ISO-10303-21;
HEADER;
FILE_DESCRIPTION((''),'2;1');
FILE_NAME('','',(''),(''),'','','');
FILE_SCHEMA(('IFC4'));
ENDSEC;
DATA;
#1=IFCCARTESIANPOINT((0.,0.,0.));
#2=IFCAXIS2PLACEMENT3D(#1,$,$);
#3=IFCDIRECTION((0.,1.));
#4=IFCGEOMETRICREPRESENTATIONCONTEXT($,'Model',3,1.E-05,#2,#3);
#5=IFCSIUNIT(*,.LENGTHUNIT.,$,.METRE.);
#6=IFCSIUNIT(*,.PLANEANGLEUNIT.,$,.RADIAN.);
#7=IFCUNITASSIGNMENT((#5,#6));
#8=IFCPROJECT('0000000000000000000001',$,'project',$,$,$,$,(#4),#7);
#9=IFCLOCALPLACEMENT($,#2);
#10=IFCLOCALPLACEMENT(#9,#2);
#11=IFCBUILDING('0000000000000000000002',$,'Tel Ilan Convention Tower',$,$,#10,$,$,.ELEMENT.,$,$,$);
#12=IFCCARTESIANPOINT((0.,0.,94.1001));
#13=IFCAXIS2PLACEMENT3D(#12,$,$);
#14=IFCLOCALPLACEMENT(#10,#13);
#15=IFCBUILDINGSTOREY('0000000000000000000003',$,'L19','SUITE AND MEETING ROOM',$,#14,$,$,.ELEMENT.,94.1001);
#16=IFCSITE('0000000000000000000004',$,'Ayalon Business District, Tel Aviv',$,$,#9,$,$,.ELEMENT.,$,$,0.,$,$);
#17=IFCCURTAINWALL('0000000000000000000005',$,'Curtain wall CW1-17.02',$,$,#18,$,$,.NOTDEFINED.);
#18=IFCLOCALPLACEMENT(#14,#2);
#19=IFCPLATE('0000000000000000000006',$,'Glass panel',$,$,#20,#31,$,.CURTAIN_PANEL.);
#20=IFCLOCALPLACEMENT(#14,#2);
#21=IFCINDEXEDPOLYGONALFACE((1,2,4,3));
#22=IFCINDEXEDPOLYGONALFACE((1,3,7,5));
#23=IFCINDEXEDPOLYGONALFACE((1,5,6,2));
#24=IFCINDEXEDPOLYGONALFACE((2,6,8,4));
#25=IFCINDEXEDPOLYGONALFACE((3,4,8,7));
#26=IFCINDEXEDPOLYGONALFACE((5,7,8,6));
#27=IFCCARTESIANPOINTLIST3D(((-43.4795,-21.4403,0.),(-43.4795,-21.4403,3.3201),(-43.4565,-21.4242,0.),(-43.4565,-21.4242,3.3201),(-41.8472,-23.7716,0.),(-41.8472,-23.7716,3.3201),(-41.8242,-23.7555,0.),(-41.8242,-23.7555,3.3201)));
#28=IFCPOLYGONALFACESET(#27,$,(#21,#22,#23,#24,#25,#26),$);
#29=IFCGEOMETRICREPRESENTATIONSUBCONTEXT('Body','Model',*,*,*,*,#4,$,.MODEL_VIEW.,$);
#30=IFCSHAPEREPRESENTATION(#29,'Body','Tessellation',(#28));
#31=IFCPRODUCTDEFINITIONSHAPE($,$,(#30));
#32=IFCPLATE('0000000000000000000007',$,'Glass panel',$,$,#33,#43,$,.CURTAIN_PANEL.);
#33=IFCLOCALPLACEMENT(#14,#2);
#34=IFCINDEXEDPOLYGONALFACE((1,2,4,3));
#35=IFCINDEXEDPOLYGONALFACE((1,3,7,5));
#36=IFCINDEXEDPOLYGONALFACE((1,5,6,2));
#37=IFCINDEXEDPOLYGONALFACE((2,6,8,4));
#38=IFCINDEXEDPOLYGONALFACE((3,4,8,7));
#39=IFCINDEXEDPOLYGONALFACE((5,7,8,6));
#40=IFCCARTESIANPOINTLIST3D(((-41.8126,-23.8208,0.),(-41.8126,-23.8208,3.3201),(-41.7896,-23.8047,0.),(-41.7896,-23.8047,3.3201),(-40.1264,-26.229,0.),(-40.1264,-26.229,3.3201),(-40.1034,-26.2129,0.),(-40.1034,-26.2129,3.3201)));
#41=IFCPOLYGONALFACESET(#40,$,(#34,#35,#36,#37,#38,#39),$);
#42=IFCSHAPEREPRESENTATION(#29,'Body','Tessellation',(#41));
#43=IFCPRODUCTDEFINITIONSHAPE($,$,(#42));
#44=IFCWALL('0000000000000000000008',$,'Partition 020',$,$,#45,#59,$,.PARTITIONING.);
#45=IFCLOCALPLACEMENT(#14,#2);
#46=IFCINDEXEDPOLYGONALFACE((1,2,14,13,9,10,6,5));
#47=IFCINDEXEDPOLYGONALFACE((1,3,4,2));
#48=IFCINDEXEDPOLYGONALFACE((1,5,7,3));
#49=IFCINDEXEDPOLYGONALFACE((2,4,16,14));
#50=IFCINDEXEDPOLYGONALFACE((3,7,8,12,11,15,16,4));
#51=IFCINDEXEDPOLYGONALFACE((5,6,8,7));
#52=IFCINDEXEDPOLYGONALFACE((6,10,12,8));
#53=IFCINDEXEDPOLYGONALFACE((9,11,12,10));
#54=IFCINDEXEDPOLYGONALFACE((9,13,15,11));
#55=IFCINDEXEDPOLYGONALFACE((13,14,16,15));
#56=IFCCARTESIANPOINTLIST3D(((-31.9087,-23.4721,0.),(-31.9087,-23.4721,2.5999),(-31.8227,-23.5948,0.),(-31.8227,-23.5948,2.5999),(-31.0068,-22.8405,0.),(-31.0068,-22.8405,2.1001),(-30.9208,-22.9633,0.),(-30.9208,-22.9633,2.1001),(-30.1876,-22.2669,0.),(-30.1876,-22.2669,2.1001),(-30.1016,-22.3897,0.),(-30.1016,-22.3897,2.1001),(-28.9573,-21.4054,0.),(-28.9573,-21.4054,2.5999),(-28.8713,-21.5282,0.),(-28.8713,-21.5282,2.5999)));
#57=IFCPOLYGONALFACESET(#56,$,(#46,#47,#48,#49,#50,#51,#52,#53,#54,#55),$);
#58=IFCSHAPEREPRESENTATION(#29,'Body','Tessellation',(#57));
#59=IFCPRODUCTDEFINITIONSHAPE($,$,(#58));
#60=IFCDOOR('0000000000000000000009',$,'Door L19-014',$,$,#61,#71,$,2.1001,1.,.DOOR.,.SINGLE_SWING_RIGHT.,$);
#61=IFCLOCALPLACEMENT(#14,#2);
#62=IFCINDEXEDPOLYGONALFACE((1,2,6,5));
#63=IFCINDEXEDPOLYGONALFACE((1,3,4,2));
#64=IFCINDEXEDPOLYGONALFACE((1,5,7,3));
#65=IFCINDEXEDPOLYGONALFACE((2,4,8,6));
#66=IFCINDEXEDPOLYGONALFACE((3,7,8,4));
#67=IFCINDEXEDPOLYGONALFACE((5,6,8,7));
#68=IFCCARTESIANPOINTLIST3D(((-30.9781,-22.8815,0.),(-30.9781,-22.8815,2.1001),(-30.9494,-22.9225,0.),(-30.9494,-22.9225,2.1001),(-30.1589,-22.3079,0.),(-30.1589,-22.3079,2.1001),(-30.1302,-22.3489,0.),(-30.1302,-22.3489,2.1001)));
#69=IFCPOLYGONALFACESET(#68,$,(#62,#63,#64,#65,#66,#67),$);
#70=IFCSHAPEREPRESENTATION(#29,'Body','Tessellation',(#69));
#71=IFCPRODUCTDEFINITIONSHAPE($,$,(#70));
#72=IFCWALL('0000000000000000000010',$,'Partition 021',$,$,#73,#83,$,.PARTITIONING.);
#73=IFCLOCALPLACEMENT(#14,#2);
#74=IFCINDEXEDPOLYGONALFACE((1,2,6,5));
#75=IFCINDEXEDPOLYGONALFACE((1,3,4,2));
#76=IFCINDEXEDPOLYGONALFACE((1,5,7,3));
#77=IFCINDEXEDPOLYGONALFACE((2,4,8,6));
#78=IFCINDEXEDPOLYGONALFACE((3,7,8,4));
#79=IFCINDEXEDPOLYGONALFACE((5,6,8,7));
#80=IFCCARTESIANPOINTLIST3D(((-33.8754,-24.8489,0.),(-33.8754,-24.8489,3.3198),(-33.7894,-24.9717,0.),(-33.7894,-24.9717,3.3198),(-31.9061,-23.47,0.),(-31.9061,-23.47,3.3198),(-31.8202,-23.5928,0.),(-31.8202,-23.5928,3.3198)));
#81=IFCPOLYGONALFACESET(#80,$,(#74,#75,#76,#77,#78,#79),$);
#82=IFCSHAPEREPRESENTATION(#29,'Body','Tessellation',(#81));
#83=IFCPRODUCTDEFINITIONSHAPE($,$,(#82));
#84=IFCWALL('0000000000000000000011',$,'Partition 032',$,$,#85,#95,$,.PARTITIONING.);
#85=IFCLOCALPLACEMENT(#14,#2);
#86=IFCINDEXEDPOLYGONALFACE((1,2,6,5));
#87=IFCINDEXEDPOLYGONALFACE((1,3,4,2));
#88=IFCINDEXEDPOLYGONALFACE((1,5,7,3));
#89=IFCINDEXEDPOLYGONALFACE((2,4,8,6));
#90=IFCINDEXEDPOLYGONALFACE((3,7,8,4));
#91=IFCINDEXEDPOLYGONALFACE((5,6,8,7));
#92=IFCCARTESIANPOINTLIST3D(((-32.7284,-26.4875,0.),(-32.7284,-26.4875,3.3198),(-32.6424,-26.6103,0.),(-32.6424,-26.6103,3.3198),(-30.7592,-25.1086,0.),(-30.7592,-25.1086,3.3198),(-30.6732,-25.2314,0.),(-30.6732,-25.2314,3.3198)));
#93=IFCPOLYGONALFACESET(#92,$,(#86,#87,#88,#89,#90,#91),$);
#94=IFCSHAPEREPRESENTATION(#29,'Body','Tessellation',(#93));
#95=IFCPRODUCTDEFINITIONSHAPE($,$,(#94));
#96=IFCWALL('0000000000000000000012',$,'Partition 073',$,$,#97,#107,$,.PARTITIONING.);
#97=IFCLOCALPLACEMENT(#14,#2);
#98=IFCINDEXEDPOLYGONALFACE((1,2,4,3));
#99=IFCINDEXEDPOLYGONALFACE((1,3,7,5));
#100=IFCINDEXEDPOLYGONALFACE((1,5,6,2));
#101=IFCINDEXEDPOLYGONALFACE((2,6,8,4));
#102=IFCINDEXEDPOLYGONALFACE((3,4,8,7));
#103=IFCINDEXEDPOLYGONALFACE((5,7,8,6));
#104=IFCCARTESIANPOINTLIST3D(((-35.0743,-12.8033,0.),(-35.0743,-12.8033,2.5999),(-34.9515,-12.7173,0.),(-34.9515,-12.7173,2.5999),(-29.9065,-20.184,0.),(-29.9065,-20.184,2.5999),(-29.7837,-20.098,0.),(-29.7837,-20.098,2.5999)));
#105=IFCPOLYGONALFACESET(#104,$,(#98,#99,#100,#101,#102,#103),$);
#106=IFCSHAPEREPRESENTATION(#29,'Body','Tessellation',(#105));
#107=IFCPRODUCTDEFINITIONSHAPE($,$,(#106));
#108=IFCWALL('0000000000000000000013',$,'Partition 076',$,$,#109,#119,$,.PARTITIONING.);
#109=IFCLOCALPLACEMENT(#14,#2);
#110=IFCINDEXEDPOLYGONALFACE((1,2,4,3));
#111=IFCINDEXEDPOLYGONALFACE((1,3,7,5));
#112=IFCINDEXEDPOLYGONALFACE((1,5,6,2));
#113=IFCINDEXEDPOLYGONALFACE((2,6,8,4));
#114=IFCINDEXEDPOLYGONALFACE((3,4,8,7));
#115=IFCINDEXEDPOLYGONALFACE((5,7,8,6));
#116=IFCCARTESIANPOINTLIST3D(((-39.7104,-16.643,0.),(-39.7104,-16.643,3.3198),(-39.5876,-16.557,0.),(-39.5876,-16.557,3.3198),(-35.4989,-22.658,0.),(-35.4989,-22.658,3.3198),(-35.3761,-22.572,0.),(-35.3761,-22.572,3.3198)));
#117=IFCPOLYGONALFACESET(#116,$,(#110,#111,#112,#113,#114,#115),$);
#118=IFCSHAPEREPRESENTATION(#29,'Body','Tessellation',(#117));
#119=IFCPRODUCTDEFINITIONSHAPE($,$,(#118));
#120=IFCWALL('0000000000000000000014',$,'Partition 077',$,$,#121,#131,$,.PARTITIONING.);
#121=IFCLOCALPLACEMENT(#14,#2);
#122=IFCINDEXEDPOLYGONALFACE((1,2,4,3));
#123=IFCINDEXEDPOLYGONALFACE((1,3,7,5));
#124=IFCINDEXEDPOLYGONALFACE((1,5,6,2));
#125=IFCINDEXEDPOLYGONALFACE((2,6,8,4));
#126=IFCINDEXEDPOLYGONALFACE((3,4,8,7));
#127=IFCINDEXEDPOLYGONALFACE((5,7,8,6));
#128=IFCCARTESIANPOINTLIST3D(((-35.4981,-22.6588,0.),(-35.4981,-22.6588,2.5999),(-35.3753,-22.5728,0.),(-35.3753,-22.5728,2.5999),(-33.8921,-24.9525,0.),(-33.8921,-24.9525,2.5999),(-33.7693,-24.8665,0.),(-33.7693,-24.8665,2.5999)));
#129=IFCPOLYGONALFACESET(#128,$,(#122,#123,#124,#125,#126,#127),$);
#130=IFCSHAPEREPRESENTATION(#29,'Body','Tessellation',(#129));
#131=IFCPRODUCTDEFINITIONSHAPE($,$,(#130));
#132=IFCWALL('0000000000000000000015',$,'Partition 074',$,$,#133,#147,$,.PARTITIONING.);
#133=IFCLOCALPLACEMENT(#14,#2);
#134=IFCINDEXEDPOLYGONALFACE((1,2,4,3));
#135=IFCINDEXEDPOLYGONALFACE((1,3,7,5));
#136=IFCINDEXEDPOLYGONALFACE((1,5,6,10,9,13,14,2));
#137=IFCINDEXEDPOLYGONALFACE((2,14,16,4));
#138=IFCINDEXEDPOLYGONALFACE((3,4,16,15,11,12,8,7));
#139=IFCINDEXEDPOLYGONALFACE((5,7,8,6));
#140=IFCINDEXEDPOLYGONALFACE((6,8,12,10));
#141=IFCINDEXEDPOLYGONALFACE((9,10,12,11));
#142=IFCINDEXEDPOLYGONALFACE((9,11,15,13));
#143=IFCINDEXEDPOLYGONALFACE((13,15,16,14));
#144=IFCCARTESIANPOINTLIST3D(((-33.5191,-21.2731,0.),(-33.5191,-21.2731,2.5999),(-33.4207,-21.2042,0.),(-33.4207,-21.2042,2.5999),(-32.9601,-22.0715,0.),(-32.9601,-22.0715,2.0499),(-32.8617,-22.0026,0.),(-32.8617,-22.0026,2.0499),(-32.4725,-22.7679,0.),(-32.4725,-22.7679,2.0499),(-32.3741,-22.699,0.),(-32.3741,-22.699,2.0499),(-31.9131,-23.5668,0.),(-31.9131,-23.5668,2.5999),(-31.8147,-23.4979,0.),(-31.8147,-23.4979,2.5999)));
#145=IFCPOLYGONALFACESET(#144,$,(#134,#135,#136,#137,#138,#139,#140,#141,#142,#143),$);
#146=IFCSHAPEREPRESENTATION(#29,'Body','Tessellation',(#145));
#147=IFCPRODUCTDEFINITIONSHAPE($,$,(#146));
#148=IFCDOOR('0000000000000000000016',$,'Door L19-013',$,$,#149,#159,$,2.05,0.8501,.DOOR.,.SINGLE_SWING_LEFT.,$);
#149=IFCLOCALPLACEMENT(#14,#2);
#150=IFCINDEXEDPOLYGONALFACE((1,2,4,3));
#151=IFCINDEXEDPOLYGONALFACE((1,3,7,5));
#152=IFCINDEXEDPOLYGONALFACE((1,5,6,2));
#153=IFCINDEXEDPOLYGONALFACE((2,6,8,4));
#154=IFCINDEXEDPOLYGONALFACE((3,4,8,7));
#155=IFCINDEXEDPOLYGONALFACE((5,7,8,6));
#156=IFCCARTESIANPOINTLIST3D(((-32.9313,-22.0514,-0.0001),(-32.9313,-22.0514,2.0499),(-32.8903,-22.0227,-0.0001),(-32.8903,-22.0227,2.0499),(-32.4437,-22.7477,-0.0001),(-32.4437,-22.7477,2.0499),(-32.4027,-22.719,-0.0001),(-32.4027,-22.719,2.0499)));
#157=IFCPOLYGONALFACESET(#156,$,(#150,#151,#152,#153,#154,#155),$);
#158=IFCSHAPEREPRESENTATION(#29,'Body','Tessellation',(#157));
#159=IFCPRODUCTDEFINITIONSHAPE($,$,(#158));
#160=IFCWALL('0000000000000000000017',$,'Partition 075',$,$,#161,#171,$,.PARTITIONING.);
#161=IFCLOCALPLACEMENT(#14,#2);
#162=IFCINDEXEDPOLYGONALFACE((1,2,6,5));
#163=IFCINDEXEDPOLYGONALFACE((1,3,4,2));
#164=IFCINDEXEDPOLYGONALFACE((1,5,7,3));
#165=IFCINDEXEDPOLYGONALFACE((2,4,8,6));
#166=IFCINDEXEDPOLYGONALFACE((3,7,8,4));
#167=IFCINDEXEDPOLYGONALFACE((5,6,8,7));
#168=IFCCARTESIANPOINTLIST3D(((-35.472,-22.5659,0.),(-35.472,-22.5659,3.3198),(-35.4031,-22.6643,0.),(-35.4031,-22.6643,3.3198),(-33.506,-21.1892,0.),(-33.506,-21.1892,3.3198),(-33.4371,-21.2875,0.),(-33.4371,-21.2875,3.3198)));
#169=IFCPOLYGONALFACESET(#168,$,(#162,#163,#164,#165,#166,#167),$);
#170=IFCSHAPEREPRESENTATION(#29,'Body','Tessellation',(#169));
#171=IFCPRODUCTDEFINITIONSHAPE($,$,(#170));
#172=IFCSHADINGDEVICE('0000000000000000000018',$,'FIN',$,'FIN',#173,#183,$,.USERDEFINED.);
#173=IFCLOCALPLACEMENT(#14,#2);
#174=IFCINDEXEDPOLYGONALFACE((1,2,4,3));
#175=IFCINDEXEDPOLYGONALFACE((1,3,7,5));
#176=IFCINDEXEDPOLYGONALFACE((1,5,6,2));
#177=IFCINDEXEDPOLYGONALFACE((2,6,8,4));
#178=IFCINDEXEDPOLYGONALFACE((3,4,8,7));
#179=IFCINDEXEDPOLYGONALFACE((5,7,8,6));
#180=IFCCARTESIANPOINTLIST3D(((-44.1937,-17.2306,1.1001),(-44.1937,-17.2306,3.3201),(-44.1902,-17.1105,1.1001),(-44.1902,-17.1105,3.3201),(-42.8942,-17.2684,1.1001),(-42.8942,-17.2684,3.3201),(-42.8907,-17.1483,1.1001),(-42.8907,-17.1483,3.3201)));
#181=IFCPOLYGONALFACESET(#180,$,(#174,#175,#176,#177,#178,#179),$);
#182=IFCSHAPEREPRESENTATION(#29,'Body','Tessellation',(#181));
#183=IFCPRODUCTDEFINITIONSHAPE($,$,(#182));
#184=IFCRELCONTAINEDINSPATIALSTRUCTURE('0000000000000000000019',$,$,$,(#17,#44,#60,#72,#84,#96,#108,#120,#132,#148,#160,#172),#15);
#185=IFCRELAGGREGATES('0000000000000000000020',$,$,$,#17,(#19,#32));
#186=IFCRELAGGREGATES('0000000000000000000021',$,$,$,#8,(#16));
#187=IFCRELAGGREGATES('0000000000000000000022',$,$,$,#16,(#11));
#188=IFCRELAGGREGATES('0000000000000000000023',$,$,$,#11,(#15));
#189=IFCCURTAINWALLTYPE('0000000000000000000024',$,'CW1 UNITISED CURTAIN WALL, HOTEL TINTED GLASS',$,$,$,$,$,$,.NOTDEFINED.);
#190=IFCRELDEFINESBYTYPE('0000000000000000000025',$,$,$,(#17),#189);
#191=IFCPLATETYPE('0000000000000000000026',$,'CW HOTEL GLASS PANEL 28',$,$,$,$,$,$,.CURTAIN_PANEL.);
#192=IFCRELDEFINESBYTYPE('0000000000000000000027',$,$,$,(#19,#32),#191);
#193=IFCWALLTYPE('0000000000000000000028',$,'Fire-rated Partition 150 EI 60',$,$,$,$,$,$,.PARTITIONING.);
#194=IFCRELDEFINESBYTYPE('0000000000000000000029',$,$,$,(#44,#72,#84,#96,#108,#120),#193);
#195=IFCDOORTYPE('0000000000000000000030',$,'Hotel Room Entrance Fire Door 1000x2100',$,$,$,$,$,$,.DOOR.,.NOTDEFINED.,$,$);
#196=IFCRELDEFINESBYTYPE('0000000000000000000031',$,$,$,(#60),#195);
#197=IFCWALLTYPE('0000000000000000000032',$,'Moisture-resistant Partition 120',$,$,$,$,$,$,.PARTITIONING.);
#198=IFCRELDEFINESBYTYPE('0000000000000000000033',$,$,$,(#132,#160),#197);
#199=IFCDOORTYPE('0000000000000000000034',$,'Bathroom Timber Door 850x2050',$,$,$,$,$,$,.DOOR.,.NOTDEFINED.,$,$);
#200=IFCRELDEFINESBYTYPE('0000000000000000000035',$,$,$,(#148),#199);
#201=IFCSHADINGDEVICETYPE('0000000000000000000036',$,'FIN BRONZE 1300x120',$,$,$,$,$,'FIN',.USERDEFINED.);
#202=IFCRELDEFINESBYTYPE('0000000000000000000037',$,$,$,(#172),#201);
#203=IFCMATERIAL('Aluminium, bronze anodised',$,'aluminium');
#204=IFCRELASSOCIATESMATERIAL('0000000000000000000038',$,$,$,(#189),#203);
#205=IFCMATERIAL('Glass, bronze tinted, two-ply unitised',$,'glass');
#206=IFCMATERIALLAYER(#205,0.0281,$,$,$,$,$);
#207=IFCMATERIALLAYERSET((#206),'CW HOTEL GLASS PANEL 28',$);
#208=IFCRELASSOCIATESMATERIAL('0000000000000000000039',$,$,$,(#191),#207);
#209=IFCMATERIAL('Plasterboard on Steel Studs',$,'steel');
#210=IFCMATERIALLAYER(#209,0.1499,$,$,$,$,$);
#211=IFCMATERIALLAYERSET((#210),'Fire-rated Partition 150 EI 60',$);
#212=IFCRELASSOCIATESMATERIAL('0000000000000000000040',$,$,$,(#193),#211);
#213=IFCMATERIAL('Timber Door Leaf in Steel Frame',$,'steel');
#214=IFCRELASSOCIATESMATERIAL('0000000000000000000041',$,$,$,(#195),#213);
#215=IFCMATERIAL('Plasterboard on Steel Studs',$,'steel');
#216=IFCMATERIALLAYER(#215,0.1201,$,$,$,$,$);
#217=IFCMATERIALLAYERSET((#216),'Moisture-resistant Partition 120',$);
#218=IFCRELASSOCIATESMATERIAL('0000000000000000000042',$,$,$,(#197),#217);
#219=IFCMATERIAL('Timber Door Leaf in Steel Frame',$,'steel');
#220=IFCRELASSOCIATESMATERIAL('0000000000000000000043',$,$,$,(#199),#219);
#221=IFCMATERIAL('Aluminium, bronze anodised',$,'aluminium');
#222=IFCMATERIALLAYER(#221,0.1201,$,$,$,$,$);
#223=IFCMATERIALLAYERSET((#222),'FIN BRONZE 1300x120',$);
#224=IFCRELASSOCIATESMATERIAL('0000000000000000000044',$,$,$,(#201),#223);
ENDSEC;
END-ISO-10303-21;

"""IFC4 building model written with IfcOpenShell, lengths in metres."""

from ifc_helpers import new_model, si_unit, direction, frame, frame_2d, origin, origin_2d, place, context, subcontext, project, spatial, rectangle, extrude, material, layer, layer_set, type_object, element, fill, aggregate, save


model = new_model("IFC4")

# Units and contexts
model_context = context("Model", 3, precision=1e-05, world=origin(), true_north=direction((0.0, 1.0)))
body_context = subcontext(model_context, "Body", "Model", "MODEL_VIEW")
ifc_project = project(units=[si_unit("LENGTHUNIT", "METRE"), si_unit("PLANEANGLEUNIT", "RADIAN")], contexts=[model_context])

# Site, building, storey
site_placement = place(None, origin())
site = spatial("IfcSite", under=ifc_project, at=site_placement, Name="Ayalon Business District, Tel Aviv", CompositionType="ELEMENT", RefElevation=0.0)
building_placement = place(site_placement, origin())
building = spatial("IfcBuilding", under=site, at=building_placement, Name="Tel Ilan Convention Tower", CompositionType="ELEMENT")
storey_placement = place(building_placement, frame((0.0, 0.0, 94.1001)))
storey = spatial("IfcBuildingStorey", under=building, at=storey_placement, Name="L19", Description="SUITE AND MEETING ROOM", CompositionType="ELEMENT", Elevation=94.1001)

# Curtain wall, plates
ifc_material_1 = material(Name="Aluminium, bronze anodised", Category="aluminium")
curtain_wall_type = type_object("IfcCurtainWallType", Name="CW1 UNITISED CURTAIN WALL, HOTEL TINTED GLASS", PredefinedType="NOTDEFINED", material=ifc_material_1)
curtain_wall_placement = place(storey_placement, origin())
curtain_wall = element("IfcCurtainWall", 1, at=curtain_wall_placement, inside=storey, type_object=curtain_wall_type, Name="Curtain wall CW1-17.02", PredefinedType="NOTDEFINED")
ifc_material_2 = material(Name="Glass, bronze tinted, two-ply unitised", Category="glass")
ifc_layer_1 = layer(ifc_material_2, 0.0281)
ifc_layer_set_1 = layer_set([ifc_layer_1], Name="CW HOTEL GLASS PANEL 28")
plate_type = type_object("IfcPlateType", Name="CW HOTEL GLASS PANEL 28", PredefinedType="CURTAIN_PANEL", material=ifc_layer_set_1)
plate_1_placement = place(storey_placement, frame((-42.6519, -22.5979, 0.0), z_axis=(0.0, 0.0, 1.0), x_axis=(0.573576, -0.819152, 0.0)))
plate_1 = element("IfcPlate", 2, at=plate_1_placement, type_object=plate_type, Name="Glass panel", PredefinedType="CURTAIN_PANEL", context=body_context, shape_type="SweptSolid", body=[
    extrude(rectangle(XDim=2.8459, YDim=0.0281, at=origin_2d()), origin(), (0.0, 0.0, 1.0), 3.3201),
])
plate_2_placement = place(storey_placement, frame((-40.958, -25.0168, 0.0), z_axis=(0.0, 0.0, 1.0), x_axis=(0.573576, -0.819152, 0.0)))
plate_2 = element("IfcPlate", 3, at=plate_2_placement, type_object=plate_type, Name="Glass panel", PredefinedType="CURTAIN_PANEL", context=body_context, shape_type="SweptSolid", body=[
    extrude(rectangle(XDim=2.9399, YDim=0.0281, at=origin_2d()), origin(), (0.0, 0.0, 1.0), 3.3201),
])
aggregate(curtain_wall, [plate_1, plate_2])

# Wall, opening, door
ifc_material_3 = material(Name="Plasterboard on Steel Studs", Category="steel")
ifc_layer_2 = layer(ifc_material_3, 0.1499)
ifc_layer_set_2 = layer_set([ifc_layer_2], Name="Fire-rated Partition 150 EI 60")
wall_type_1 = type_object("IfcWallType", Name="Fire-rated Partition 150 EI 60", PredefinedType="PARTITIONING", material=ifc_layer_set_2)
wall_1_placement = place(storey_placement, frame((-31.8657, -23.5334, 0.0), z_axis=(0.0, 0.0, 1.0), x_axis=(0.819146, 0.573585, 0.0)))
wall_1 = element("IfcWall", 4, at=wall_1_placement, inside=storey, type_object=wall_type_1, Name="Partition 020", PredefinedType="PARTITIONING", context=body_context, shape_type="SweptSolid", body=[
    extrude(rectangle(XDim=3.603, YDim=0.1499, at=frame_2d((1.8015, 0.0))), origin(), (0.0, 0.0, 1.0), 2.5999),
])
opening_1_placement = place(wall_1_placement, frame((1.1011, 0.0, 0.0)))
opening_1 = element("IfcOpeningElement", 5, at=opening_1_placement, cuts=wall_1, PredefinedType="OPENING", context=body_context, shape_type="SweptSolid", body=[
    extrude(rectangle(XDim=1.0, YDim=2.1001, at=frame_2d((0.5, 1.05))), frame((0.0, 0.085, 0.0), z_axis=(0.0, -1.0, 0.0), x_axis=(1.0, 0.0, 0.0)), (0.0, 0.0, 1.0), 0.1699),
])
ifc_material_4 = material(Name="Timber Door Leaf in Steel Frame", Category="steel")
door_type_1 = type_object("IfcDoorType", Name="Hotel Room Entrance Fire Door 1000x2100", OperationType="NOTDEFINED", PredefinedType="DOOR", material=ifc_material_4)
door_1_placement = place(opening_1_placement, origin())
door_1 = element("IfcDoor", 6, at=door_1_placement, inside=storey, type_object=door_type_1, Name="Door L19-014", OperationType="SINGLE_SWING_RIGHT", OverallHeight=2.1001, OverallWidth=1.0, PredefinedType="DOOR", context=body_context, shape_type="SweptSolid", body=[
    extrude(rectangle(XDim=1.0, YDim=2.1001, at=frame_2d((0.5, 1.05))), frame((0.0, 0.0249, 0.0), z_axis=(0.0, -1.0, 0.0), x_axis=(1.0, 0.0, 0.0)), (0.0, 0.0, 1.0), 0.05),
])
fill(opening_1, door_1)

# Walls
for number, where, z_axis, x_axis, name in (
    (7, (-33.8325, -24.9104, 0.0), (0.0, 0.0, 1.0), (0.819146, 0.573585, 0.0), "Partition 021"),
    (8, (-30.7161, -25.1699, 0.0), (0.0, 0.0, 1.0), (-0.819146, -0.573585, 0.0), "Partition 032"),
):
    element("IfcWall", number, at=place(storey_placement, frame(where, z_axis=z_axis, x_axis=x_axis)), inside=storey, type_object=wall_type_1, Name=name, PredefinedType="PARTITIONING", context=body_context, shape_type="SweptSolid", body=[
        extrude(rectangle(XDim=2.4041, YDim=0.1499, at=frame_2d((1.2021, 0.0))), origin(), (0.0, 0.0, 1.0), 3.3198),
    ])
wall_2_placement = place(storey_placement, frame((-29.8452, -20.1409, 0.0), z_axis=(0.0, 0.0, 1.0), x_axis=(-0.573559, 0.819164, 0.0)))
element("IfcWall", 9, at=wall_2_placement, inside=storey, type_object=wall_type_1, Name="Partition 073", PredefinedType="PARTITIONING", context=body_context, shape_type="SweptSolid", body=[
    extrude(rectangle(XDim=9.01, YDim=0.1499, at=frame_2d((4.5049, 0.0))), origin(), (0.0, 0.0, 1.0), 2.5999),
])
wall_3_placement = place(storey_placement, frame((-35.4375, -22.615, 0.0), z_axis=(0.0, 0.0, 1.0), x_axis=(-0.573554, 0.819168, 0.0)))
element("IfcWall", 10, at=wall_3_placement, inside=storey, type_object=wall_type_1, Name="Partition 076", PredefinedType="PARTITIONING", context=body_context, shape_type="SweptSolid", body=[
    extrude(rectangle(XDim=7.3428, YDim=0.1499, at=frame_2d((3.6714, 0.0))), origin(), (0.0, 0.0, 1.0), 3.3198),
])
wall_4_placement = place(storey_placement, frame((-33.8308, -24.9094, 0.0), z_axis=(0.0, 0.0, 1.0), x_axis=(-0.57355, 0.81917, 0.0)))
element("IfcWall", 11, at=wall_4_placement, inside=storey, type_object=wall_type_1, Name="Partition 077", PredefinedType="PARTITIONING", context=body_context, shape_type="SweptSolid", body=[
    extrude(rectangle(XDim=2.8, YDim=0.1499, at=frame_2d((1.3999, 0.0))), origin(), (0.0, 0.0, 1.0), 2.5999),
])

# Wall, opening, door
ifc_material_5 = material(Name="Plasterboard on Steel Studs", Category="steel")
ifc_layer_3 = layer(ifc_material_5, 0.1201)
ifc_layer_set_3 = layer_set([ifc_layer_3], Name="Moisture-resistant Partition 120")
wall_type_2 = type_object("IfcWallType", Name="Moisture-resistant Partition 120", PredefinedType="PARTITIONING", material=ifc_layer_set_3)
wall_5_placement = place(storey_placement, frame((-31.864, -23.5322, 0.0), z_axis=(0.0, 0.0, 1.0), x_axis=(-0.57355, 0.81917, 0.0)))
wall_5 = element("IfcWall", 12, at=wall_5_placement, inside=storey, type_object=wall_type_2, Name="Partition 074", PredefinedType="PARTITIONING", context=body_context, shape_type="SweptSolid", body=[
    extrude(rectangle(XDim=2.8, YDim=0.1201, at=frame_2d((1.3999, 0.0))), origin(), (0.0, 0.0, 1.0), 2.5999),
])
opening_2_placement = place(wall_5_placement, frame((0.9751, 0.0, 0.0)))
opening_2 = element("IfcOpeningElement", 13, at=opening_2_placement, cuts=wall_5, PredefinedType="OPENING", context=body_context, shape_type="SweptSolid", body=[
    extrude(rectangle(XDim=0.8501, YDim=2.05, at=frame_2d((0.425, 1.0249))), frame((0.0, 0.0701, 0.0), z_axis=(0.0, -1.0, 0.0), x_axis=(1.0, 0.0, 0.0)), (0.0, 0.0, 1.0), 0.1401),
])
ifc_material_6 = material(Name="Timber Door Leaf in Steel Frame", Category="steel")
door_type_2 = type_object("IfcDoorType", Name="Bathroom Timber Door 850x2050", OperationType="NOTDEFINED", PredefinedType="DOOR", material=ifc_material_6)
door_2_placement = place(opening_2_placement, origin())
door_2 = element("IfcDoor", 14, at=door_2_placement, inside=storey, type_object=door_type_2, Name="Door L19-013", OperationType="SINGLE_SWING_LEFT", OverallHeight=2.05, OverallWidth=0.8501, PredefinedType="DOOR", context=body_context, shape_type="SweptSolid", body=[
    extrude(rectangle(XDim=0.8501, YDim=2.05, at=frame_2d((0.425, 1.0249))), frame((0.0, 0.0249, 0.0), z_axis=(0.0, -1.0, 0.0), x_axis=(1.0, 0.0, 0.0)), (0.0, 0.0, 1.0), 0.05),
])
fill(opening_2, door_2)

# Wall
wall_6_placement = place(storey_placement, frame((-33.4714, -21.2383, 0.0), z_axis=(0.0, 0.0, 1.0), x_axis=(-0.819141, -0.573592, 0.0)))
element("IfcWall", 15, at=wall_6_placement, inside=storey, type_object=wall_type_2, Name="Partition 075", PredefinedType="PARTITIONING", context=body_context, shape_type="SweptSolid", body=[
    extrude(rectangle(XDim=2.4001, YDim=0.1201, at=frame_2d((1.2002, 0.0))), origin(), (0.0, 0.0, 1.0), 3.3198),
])

# Shading device
ifc_material_7 = material(Name="Aluminium, bronze anodised", Category="aluminium")
ifc_layer_4 = layer(ifc_material_7, 0.1201)
ifc_layer_set_4 = layer_set([ifc_layer_4], Name="FIN BRONZE 1300x120")
shading_device_type = type_object("IfcShadingDeviceType", Name="FIN BRONZE 1300x120", ElementType="FIN", PredefinedType="USERDEFINED", material=ifc_layer_set_4)
for number, where, z_axis, x_axis, name in (
    (16, (-43.5422, -17.1895, 1.1001), (0.0, 0.0, 1.0), (-0.999577, 0.029085, 0.0), "FIN"),
):
    element("IfcShadingDevice", number, at=place(storey_placement, frame(where, z_axis=z_axis, x_axis=x_axis)), inside=storey, type_object=shading_device_type, Name=name, ObjectType="FIN", PredefinedType="USERDEFINED", context=body_context, shape_type="SweptSolid", body=[
        extrude(rectangle(XDim=1.3, YDim=0.1201, at=origin_2d()), origin(), (0.0, 0.0, 1.0), 2.22),
    ])

save(model, "model.ifc")
